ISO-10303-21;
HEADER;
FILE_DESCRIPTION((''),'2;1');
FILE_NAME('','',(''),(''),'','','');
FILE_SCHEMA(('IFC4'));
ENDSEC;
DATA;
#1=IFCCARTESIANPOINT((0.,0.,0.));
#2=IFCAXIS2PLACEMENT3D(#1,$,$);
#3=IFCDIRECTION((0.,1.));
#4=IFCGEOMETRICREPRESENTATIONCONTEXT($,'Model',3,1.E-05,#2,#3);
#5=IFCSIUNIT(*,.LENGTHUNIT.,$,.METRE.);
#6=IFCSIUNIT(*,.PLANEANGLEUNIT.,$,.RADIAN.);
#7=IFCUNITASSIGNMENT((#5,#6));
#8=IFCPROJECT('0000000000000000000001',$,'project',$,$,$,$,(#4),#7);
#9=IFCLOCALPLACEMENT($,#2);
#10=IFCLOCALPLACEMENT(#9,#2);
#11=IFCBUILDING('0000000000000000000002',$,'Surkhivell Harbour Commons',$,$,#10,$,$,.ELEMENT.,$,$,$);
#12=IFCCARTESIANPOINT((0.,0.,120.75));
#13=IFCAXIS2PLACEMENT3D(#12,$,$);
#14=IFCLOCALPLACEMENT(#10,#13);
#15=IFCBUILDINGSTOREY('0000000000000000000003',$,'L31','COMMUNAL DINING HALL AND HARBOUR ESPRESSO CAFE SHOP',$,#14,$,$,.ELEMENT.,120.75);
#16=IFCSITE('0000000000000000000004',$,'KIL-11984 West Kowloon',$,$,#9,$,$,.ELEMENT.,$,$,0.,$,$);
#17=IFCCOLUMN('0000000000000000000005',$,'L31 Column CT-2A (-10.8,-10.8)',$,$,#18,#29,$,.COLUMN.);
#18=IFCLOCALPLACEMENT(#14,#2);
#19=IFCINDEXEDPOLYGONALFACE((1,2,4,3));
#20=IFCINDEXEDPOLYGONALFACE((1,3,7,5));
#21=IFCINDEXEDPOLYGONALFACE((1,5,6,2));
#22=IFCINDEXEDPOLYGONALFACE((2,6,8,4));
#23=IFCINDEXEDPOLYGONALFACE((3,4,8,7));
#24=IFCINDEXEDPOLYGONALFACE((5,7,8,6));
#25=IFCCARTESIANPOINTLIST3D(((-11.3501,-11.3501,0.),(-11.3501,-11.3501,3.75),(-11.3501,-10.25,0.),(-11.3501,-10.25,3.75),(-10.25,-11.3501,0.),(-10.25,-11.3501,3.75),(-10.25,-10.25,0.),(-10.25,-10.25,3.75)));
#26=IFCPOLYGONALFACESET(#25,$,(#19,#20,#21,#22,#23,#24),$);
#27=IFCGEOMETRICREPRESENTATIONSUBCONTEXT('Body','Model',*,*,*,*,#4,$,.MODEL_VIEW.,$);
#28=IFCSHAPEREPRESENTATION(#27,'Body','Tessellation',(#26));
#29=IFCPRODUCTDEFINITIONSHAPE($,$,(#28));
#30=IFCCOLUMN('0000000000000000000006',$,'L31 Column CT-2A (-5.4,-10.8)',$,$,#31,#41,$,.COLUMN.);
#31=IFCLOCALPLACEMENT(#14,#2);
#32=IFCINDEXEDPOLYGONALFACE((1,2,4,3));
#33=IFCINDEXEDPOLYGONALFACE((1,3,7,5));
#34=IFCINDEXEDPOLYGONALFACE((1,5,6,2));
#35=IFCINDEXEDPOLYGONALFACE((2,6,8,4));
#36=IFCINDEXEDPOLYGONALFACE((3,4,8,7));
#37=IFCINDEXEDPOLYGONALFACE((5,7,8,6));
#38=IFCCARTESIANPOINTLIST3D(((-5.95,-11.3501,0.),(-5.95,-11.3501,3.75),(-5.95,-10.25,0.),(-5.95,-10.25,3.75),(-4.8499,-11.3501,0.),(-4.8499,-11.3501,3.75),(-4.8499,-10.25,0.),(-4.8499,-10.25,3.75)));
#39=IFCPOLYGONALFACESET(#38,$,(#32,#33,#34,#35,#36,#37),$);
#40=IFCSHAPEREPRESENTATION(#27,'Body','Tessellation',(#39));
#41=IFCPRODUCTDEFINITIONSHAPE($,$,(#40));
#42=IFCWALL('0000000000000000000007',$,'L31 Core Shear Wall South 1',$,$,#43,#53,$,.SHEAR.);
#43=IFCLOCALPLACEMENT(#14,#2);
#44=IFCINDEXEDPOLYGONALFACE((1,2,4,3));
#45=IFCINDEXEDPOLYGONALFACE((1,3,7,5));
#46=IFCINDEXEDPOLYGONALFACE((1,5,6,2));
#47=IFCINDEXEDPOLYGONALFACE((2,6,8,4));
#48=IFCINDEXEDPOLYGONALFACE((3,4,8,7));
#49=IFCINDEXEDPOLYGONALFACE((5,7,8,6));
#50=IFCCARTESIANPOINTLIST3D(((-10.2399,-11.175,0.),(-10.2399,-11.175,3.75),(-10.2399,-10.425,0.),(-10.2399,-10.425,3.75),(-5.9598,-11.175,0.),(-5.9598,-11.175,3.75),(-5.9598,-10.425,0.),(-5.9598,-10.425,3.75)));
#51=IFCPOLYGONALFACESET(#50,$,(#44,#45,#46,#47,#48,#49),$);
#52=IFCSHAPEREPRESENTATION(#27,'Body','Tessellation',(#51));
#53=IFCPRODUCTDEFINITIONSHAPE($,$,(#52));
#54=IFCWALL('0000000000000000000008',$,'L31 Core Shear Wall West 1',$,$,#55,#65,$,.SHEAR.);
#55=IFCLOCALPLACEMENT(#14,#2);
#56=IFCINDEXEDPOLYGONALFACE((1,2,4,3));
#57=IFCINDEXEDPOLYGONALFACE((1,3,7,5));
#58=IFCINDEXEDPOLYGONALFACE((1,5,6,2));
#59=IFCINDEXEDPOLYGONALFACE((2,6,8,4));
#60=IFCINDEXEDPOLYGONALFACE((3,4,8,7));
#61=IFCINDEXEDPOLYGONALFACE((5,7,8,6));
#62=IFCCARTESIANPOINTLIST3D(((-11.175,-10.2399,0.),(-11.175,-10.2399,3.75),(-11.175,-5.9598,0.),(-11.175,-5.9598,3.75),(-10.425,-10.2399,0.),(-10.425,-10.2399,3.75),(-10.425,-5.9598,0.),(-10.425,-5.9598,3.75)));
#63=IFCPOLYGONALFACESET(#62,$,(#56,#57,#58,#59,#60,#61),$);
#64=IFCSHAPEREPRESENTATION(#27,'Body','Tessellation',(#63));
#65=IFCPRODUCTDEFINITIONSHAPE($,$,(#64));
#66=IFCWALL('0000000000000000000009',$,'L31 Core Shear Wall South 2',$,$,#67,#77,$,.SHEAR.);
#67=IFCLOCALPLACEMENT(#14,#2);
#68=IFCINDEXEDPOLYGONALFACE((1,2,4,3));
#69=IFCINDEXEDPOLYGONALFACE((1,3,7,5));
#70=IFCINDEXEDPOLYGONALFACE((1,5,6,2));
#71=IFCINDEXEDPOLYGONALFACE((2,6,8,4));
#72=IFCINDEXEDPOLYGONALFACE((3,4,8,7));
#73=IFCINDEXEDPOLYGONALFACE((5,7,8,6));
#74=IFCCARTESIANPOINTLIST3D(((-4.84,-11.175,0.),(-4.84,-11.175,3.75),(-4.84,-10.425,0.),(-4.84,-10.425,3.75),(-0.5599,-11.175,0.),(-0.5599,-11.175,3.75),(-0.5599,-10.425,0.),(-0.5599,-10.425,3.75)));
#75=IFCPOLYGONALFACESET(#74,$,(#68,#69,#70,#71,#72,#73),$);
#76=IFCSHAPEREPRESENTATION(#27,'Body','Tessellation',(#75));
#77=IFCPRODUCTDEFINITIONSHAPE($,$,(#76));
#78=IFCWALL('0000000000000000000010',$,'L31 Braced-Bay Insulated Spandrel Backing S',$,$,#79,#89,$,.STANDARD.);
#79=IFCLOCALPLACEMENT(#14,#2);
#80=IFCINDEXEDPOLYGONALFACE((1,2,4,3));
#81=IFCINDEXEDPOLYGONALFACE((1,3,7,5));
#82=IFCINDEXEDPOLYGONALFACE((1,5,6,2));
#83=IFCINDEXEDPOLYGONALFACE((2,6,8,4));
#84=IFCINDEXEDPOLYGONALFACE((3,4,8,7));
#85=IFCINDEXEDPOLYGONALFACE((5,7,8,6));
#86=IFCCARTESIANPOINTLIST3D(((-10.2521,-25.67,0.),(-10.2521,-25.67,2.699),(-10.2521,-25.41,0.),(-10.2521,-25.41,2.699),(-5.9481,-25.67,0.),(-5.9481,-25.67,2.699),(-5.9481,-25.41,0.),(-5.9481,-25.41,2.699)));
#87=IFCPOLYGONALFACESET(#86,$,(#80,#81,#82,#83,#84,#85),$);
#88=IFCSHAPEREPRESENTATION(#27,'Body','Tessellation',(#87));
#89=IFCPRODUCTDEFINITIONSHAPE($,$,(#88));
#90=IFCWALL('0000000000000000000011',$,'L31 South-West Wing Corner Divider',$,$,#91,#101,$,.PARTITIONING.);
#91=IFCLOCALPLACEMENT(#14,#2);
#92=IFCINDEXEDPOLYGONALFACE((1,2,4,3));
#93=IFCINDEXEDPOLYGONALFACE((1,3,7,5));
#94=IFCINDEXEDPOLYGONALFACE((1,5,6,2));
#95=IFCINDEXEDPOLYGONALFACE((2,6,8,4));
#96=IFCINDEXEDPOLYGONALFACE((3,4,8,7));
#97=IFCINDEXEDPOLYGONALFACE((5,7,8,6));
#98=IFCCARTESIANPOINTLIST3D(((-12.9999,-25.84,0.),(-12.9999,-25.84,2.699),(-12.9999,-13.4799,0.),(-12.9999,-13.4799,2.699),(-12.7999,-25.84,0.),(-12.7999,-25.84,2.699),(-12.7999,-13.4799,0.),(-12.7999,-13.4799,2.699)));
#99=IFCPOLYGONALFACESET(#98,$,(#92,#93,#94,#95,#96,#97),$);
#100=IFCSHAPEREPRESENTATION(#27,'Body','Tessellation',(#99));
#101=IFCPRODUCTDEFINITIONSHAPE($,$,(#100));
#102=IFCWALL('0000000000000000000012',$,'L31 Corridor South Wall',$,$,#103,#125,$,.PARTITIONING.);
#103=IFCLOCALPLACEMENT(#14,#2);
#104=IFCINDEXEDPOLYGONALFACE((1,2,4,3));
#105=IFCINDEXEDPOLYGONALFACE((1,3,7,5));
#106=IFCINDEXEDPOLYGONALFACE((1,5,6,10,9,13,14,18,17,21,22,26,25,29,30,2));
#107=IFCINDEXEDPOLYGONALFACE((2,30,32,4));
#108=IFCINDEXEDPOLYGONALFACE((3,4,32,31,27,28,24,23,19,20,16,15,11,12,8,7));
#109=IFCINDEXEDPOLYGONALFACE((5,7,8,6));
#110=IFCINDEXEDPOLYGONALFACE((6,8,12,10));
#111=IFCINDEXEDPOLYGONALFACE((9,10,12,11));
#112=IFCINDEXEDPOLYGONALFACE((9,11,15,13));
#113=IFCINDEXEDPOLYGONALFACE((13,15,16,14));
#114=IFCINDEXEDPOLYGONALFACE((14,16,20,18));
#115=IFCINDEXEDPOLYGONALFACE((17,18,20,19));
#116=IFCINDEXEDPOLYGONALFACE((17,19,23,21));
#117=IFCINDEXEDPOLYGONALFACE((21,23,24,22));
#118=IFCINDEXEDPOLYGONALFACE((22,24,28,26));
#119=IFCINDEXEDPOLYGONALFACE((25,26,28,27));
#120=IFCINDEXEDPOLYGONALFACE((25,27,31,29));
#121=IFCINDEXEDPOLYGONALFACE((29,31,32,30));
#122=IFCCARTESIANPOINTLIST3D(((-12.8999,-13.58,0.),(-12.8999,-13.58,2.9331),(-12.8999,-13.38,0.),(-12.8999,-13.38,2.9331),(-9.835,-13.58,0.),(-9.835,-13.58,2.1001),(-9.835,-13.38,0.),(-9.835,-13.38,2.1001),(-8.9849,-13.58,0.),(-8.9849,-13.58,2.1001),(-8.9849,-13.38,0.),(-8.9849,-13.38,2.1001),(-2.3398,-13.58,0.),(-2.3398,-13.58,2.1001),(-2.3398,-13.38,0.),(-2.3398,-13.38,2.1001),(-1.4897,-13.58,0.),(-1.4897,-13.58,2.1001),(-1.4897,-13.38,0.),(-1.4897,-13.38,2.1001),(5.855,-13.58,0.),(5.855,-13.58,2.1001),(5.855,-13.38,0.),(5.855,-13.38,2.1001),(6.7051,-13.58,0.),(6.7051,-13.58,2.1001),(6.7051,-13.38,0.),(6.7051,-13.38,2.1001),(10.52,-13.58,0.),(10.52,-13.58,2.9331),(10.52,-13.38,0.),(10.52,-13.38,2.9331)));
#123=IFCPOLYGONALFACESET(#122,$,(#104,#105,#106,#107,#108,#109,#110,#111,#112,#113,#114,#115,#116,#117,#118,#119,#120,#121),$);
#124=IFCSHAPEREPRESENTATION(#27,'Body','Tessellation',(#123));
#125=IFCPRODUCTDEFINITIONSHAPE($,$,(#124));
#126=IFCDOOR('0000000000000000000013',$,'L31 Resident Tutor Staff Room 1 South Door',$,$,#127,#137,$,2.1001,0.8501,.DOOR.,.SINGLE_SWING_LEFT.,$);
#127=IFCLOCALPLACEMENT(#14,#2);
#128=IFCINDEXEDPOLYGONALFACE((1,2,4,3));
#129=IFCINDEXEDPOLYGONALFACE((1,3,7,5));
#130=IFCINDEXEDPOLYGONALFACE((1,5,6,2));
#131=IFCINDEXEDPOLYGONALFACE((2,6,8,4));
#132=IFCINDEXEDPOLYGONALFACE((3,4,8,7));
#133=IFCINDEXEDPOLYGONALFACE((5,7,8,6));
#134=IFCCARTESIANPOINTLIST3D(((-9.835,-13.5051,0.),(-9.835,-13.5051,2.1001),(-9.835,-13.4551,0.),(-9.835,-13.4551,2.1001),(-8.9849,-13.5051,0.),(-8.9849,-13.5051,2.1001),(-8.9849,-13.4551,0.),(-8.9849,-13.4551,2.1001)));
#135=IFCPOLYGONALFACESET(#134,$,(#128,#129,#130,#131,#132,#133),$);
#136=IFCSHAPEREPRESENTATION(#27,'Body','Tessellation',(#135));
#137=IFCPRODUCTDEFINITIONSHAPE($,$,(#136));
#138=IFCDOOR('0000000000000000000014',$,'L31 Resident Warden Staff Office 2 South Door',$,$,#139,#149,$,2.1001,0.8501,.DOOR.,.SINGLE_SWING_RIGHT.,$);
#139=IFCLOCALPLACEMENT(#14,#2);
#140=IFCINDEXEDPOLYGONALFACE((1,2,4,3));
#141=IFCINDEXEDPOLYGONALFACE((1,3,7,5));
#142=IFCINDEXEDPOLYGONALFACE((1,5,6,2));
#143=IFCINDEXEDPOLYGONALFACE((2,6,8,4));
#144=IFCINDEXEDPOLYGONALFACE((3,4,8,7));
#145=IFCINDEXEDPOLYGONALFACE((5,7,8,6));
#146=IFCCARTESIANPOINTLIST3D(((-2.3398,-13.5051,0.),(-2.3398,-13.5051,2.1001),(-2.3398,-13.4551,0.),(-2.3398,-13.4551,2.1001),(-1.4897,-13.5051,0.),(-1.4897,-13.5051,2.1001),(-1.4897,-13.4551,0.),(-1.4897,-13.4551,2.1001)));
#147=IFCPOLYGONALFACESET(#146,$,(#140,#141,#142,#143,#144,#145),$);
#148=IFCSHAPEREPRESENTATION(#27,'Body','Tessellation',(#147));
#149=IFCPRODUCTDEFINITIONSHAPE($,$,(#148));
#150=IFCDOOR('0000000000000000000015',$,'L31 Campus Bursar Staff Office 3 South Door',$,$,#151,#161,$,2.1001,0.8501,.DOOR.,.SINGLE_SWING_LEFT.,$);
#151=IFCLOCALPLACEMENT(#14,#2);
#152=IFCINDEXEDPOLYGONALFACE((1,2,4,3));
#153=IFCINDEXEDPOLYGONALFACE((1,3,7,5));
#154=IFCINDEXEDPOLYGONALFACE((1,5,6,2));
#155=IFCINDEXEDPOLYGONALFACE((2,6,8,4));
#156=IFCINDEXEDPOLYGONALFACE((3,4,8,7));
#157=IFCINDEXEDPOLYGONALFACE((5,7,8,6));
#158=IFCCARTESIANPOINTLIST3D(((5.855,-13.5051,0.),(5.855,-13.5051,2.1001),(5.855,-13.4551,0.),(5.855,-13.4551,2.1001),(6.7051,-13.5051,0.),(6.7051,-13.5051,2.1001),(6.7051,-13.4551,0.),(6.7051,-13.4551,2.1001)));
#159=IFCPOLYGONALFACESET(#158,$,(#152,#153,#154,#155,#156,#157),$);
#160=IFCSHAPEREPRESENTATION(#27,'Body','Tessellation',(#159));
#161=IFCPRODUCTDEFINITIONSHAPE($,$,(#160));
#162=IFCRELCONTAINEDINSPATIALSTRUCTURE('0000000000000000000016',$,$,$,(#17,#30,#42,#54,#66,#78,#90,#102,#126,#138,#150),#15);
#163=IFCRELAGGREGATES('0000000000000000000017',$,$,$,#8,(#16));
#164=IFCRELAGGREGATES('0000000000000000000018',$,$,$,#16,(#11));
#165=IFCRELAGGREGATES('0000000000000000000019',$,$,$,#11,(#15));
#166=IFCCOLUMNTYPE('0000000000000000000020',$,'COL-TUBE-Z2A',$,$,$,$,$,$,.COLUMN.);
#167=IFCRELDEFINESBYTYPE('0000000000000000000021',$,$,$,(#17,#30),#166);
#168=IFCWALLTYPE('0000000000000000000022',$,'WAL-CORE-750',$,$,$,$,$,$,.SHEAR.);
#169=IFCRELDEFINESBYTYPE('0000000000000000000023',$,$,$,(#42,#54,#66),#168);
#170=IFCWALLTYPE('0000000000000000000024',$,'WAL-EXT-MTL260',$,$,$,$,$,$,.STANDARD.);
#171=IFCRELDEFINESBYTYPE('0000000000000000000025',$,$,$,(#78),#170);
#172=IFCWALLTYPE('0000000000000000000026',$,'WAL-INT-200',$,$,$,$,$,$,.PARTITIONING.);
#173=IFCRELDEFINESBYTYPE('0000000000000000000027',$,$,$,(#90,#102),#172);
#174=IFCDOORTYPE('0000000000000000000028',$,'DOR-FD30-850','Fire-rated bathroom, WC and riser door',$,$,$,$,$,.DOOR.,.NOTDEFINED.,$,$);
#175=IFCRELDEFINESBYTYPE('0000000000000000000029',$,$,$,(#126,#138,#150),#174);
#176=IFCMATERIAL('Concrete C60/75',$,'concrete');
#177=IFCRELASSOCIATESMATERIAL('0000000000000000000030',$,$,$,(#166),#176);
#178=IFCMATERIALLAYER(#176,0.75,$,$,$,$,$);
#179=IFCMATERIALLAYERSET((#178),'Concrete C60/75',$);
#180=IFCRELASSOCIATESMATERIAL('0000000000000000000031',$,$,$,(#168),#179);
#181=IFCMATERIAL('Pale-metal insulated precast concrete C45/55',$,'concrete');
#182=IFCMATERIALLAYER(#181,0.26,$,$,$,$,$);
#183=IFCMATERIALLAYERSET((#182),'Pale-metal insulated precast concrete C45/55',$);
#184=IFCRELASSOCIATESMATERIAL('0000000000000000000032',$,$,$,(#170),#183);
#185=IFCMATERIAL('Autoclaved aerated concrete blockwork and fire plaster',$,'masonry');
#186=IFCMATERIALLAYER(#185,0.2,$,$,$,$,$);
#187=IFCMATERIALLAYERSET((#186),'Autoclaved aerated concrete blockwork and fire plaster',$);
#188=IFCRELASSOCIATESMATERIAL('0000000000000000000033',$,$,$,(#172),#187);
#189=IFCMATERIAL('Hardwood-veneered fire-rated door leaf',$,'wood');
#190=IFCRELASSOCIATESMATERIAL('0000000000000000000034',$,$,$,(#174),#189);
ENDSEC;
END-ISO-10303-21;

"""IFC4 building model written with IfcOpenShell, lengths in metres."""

from ifc_helpers import new_model, si_unit, direction, frame, frame_2d, origin, origin_2d, place, context, subcontext, project, spatial, rectangle, extrude, material, layer, layer_set, material_profile, profile_set, type_object, element, fill, save


model = new_model("IFC4")

# Units and contexts
model_context = context("Model", 3, precision=1e-05, world=origin(), true_north=direction((0.0, 1.0)))
body_context = subcontext(model_context, "Body", "Model", "MODEL_VIEW")
ifc_project = project(units=[si_unit("LENGTHUNIT", "METRE"), si_unit("PLANEANGLEUNIT", "RADIAN")], contexts=[model_context])

# Site, building, storey
site_placement = place(None, origin())
site = spatial("IfcSite", under=ifc_project, at=site_placement, Name="KIL-11984 West Kowloon", CompositionType="ELEMENT", RefElevation=0.0)
building_placement = place(site_placement, origin())
building = spatial("IfcBuilding", under=site, at=building_placement, Name="Surkhivell Harbour Commons", CompositionType="ELEMENT")
storey_placement = place(building_placement, frame((0.0, 0.0, 120.75)))
storey = spatial("IfcBuildingStorey", under=building, at=storey_placement, Name="L31", Description="COMMUNAL DINING HALL AND HARBOUR ESPRESSO CAFE SHOP", CompositionType="ELEMENT", Elevation=120.75)

# Columns
ifc_material_1 = material(Name="Concrete C60/75", Category="concrete")
ifc_material_profile = material_profile(ifc_material_1, rectangle(XDim=1.1001, YDim=1.1001, at=origin_2d()), Name="RC-COL-1100x1100")
ifc_profile_set = profile_set([ifc_material_profile], Name="Concrete C60/75")
column_type = type_object("IfcColumnType", Name="COL-TUBE-Z2A", PredefinedType="COLUMN", material=ifc_profile_set)
for number, where, z_axis, x_axis, name in (
    (1, (-10.8, -10.8, 0.0), (0.0, 0.0, 1.0), (1.0, 0.0, 0.0), "L31 Column CT-2A (-10.8,-10.8)"),
    (2, (-5.3999, -10.8, 0.0), (0.0, 0.0, 1.0), (1.0, 0.0, 0.0), "L31 Column CT-2A (-5.4,-10.8)"),
):
    element("IfcColumn", number, at=place(storey_placement, frame(where, z_axis=z_axis, x_axis=x_axis)), inside=storey, type_object=column_type, Name=name, PredefinedType="COLUMN", context=body_context, shape_type="SweptSolid", body=[
        extrude(rectangle(XDim=1.1001, YDim=1.1001, at=origin_2d()), origin(), (0.0, 0.0, 1.0), 3.75),
    ])

# Walls
ifc_layer_1 = layer(ifc_material_1, 0.75)
ifc_layer_set_1 = layer_set([ifc_layer_1], Name="Concrete C60/75")
wall_type_1 = type_object("IfcWallType", Name="WAL-CORE-750", PredefinedType="SHEAR", material=ifc_layer_set_1)
for number, where, z_axis, x_axis, name in (
    (3, (-10.24, -10.8, 0.0), (0.0, 0.0, 1.0), (1.0, 0.0, 0.0), "L31 Core Shear Wall South 1"),
    (4, (-10.8, -10.24, 0.0), (0.0, 0.0, 1.0), (0.0, 1.0, 0.0), "L31 Core Shear Wall West 1"),
    (5, (-4.8401, -10.8, 0.0), (0.0, 0.0, 1.0), (1.0, 0.0, 0.0), "L31 Core Shear Wall South 2"),
):
    element("IfcWall", number, at=place(storey_placement, frame(where, z_axis=z_axis, x_axis=x_axis)), inside=storey, type_object=wall_type_1, Name=name, PredefinedType="SHEAR", context=body_context, shape_type="SweptSolid", body=[
        extrude(rectangle(XDim=4.28, YDim=0.75, at=frame_2d((2.1401, 0.0))), origin(), (0.0, 0.0, 1.0), 3.75),
    ])
ifc_material_2 = material(Name="Pale-metal insulated precast concrete C45/55", Category="concrete")
ifc_layer_2 = layer(ifc_material_2, 0.26)
ifc_layer_set_2 = layer_set([ifc_layer_2], Name="Pale-metal insulated precast concrete C45/55")
wall_type_2 = type_object("IfcWallType", Name="WAL-EXT-MTL260", PredefinedType="STANDARD", material=ifc_layer_set_2)
wall_1_placement = place(storey_placement, frame((-10.252, -25.54, 0.0), z_axis=(0.0, 0.0, 1.0), x_axis=(1.0, 0.0, 0.0)))
element("IfcWall", 6, at=wall_1_placement, inside=storey, type_object=wall_type_2, Name="L31 Braced-Bay Insulated Spandrel Backing S", PredefinedType="STANDARD", context=body_context, shape_type="SweptSolid", body=[
    extrude(rectangle(XDim=4.304, YDim=0.26, at=frame_2d((2.1519, 0.0))), origin(), (0.0, 0.0, 1.0), 2.699),
])
ifc_material_3 = material(Name="Autoclaved aerated concrete blockwork and fire plaster", Category="masonry")
ifc_layer_3 = layer(ifc_material_3, 0.2)
ifc_layer_set_3 = layer_set([ifc_layer_3], Name="Autoclaved aerated concrete blockwork and fire plaster")
wall_type_3 = type_object("IfcWallType", Name="WAL-INT-200", PredefinedType="PARTITIONING", material=ifc_layer_set_3)
wall_2_placement = place(storey_placement, frame((-12.8999, -25.8401, 0.0), z_axis=(0.0, 0.0, 1.0), x_axis=(0.0, 1.0, 0.0)))
element("IfcWall", 7, at=wall_2_placement, inside=storey, type_object=wall_type_3, Name="L31 South-West Wing Corner Divider", PredefinedType="PARTITIONING", context=body_context, shape_type="SweptSolid", body=[
    extrude(rectangle(XDim=12.3601, YDim=0.2, at=frame_2d((6.1802, 0.0))), origin(), (0.0, 0.0, 1.0), 2.699),
])

# Wall, openings, doors
wall_3_placement = place(storey_placement, frame((-12.8999, -13.48, 0.0), z_axis=(0.0, 0.0, 1.0), x_axis=(1.0, 0.0, 0.0)))
wall_3 = element("IfcWall", 8, at=wall_3_placement, inside=storey, type_object=wall_type_3, Name="L31 Corridor South Wall", PredefinedType="PARTITIONING", context=body_context, shape_type="SweptSolid", body=[
    extrude(rectangle(XDim=23.4199, YDim=0.2, at=frame_2d((11.71, 0.0))), origin(), (0.0, 0.0, 1.0), 2.9331),
])
opening_1_placement = place(wall_3_placement, frame((3.0649, 0.0, 0.0)))
opening_1 = element("IfcOpeningElement", 9, at=opening_1_placement, cuts=wall_3, PredefinedType="OPENING", context=body_context, shape_type="SweptSolid", body=[
    extrude(rectangle(XDim=0.8501, YDim=2.1001, at=frame_2d((0.425, 1.05))), frame((0.0, 0.1099, 0.0), z_axis=(0.0, -1.0, 0.0), x_axis=(1.0, 0.0, 0.0)), (0.0, 0.0, 1.0), 0.22),
])
opening_2_placement = place(wall_3_placement, frame((10.5601, 0.0, 0.0)))
opening_2 = element("IfcOpeningElement", 10, at=opening_2_placement, cuts=wall_3, PredefinedType="OPENING", context=body_context, shape_type="SweptSolid", body=[
    extrude(rectangle(XDim=0.8501, YDim=2.1001, at=frame_2d((0.425, 1.05))), frame((0.0, 0.1099, 0.0), z_axis=(0.0, -1.0, 0.0), x_axis=(1.0, 0.0, 0.0)), (0.0, 0.0, 1.0), 0.22),
])
opening_3_placement = place(wall_3_placement, frame((18.7549, 0.0, 0.0)))
opening_3 = element("IfcOpeningElement", 11, at=opening_3_placement, cuts=wall_3, PredefinedType="OPENING", context=body_context, shape_type="SweptSolid", body=[
    extrude(rectangle(XDim=0.8501, YDim=2.1001, at=frame_2d((0.425, 1.05))), frame((0.0, 0.1099, 0.0), z_axis=(0.0, -1.0, 0.0), x_axis=(1.0, 0.0, 0.0)), (0.0, 0.0, 1.0), 0.22),
])
ifc_material_4 = material(Name="Hardwood-veneered fire-rated door leaf", Category="wood")
door_type = type_object("IfcDoorType", Name="DOR-FD30-850", Description="Fire-rated bathroom, WC and riser door", OperationType="NOTDEFINED", PredefinedType="DOOR", material=ifc_material_4)
door_1_placement = place(opening_1_placement, origin())
door_1 = element("IfcDoor", 12, at=door_1_placement, inside=storey, type_object=door_type, Name="L31 Resident Tutor Staff Room 1 South Door", OperationType="SINGLE_SWING_LEFT", OverallHeight=2.1001, OverallWidth=0.8501, PredefinedType="DOOR", context=body_context, shape_type="SweptSolid", body=[
    extrude(rectangle(XDim=0.8501, YDim=2.1001, at=frame_2d((0.425, 1.05))), frame((0.0, 0.0249, 0.0), z_axis=(0.0, -1.0, 0.0), x_axis=(1.0, 0.0, 0.0)), (0.0, 0.0, 1.0), 0.05),
])
fill(opening_1, door_1)
door_2_placement = place(opening_2_placement, origin())
door_2 = element("IfcDoor", 13, at=door_2_placement, inside=storey, type_object=door_type, Name="L31 Resident Warden Staff Office 2 South Door", OperationType="SINGLE_SWING_RIGHT", OverallHeight=2.1001, OverallWidth=0.8501, PredefinedType="DOOR", context=body_context, shape_type="SweptSolid", body=[
    extrude(rectangle(XDim=0.8501, YDim=2.1001, at=frame_2d((0.425, 1.05))), frame((0.0, 0.0249, 0.0), z_axis=(0.0, -1.0, 0.0), x_axis=(1.0, 0.0, 0.0)), (0.0, 0.0, 1.0), 0.05),
])
fill(opening_2, door_2)
door_3_placement = place(opening_3_placement, origin())
door_3 = element("IfcDoor", 14, at=door_3_placement, inside=storey, type_object=door_type, Name="L31 Campus Bursar Staff Office 3 South Door", OperationType="SINGLE_SWING_LEFT", OverallHeight=2.1001, OverallWidth=0.8501, PredefinedType="DOOR", context=body_context, shape_type="SweptSolid", body=[
    extrude(rectangle(XDim=0.8501, YDim=2.1001, at=frame_2d((0.425, 1.05))), frame((0.0, 0.0249, 0.0), z_axis=(0.0, -1.0, 0.0), x_axis=(1.0, 0.0, 0.0)), (0.0, 0.0, 1.0), 0.05),
])
fill(opening_3, door_3)

save(model, "model.ifc")
